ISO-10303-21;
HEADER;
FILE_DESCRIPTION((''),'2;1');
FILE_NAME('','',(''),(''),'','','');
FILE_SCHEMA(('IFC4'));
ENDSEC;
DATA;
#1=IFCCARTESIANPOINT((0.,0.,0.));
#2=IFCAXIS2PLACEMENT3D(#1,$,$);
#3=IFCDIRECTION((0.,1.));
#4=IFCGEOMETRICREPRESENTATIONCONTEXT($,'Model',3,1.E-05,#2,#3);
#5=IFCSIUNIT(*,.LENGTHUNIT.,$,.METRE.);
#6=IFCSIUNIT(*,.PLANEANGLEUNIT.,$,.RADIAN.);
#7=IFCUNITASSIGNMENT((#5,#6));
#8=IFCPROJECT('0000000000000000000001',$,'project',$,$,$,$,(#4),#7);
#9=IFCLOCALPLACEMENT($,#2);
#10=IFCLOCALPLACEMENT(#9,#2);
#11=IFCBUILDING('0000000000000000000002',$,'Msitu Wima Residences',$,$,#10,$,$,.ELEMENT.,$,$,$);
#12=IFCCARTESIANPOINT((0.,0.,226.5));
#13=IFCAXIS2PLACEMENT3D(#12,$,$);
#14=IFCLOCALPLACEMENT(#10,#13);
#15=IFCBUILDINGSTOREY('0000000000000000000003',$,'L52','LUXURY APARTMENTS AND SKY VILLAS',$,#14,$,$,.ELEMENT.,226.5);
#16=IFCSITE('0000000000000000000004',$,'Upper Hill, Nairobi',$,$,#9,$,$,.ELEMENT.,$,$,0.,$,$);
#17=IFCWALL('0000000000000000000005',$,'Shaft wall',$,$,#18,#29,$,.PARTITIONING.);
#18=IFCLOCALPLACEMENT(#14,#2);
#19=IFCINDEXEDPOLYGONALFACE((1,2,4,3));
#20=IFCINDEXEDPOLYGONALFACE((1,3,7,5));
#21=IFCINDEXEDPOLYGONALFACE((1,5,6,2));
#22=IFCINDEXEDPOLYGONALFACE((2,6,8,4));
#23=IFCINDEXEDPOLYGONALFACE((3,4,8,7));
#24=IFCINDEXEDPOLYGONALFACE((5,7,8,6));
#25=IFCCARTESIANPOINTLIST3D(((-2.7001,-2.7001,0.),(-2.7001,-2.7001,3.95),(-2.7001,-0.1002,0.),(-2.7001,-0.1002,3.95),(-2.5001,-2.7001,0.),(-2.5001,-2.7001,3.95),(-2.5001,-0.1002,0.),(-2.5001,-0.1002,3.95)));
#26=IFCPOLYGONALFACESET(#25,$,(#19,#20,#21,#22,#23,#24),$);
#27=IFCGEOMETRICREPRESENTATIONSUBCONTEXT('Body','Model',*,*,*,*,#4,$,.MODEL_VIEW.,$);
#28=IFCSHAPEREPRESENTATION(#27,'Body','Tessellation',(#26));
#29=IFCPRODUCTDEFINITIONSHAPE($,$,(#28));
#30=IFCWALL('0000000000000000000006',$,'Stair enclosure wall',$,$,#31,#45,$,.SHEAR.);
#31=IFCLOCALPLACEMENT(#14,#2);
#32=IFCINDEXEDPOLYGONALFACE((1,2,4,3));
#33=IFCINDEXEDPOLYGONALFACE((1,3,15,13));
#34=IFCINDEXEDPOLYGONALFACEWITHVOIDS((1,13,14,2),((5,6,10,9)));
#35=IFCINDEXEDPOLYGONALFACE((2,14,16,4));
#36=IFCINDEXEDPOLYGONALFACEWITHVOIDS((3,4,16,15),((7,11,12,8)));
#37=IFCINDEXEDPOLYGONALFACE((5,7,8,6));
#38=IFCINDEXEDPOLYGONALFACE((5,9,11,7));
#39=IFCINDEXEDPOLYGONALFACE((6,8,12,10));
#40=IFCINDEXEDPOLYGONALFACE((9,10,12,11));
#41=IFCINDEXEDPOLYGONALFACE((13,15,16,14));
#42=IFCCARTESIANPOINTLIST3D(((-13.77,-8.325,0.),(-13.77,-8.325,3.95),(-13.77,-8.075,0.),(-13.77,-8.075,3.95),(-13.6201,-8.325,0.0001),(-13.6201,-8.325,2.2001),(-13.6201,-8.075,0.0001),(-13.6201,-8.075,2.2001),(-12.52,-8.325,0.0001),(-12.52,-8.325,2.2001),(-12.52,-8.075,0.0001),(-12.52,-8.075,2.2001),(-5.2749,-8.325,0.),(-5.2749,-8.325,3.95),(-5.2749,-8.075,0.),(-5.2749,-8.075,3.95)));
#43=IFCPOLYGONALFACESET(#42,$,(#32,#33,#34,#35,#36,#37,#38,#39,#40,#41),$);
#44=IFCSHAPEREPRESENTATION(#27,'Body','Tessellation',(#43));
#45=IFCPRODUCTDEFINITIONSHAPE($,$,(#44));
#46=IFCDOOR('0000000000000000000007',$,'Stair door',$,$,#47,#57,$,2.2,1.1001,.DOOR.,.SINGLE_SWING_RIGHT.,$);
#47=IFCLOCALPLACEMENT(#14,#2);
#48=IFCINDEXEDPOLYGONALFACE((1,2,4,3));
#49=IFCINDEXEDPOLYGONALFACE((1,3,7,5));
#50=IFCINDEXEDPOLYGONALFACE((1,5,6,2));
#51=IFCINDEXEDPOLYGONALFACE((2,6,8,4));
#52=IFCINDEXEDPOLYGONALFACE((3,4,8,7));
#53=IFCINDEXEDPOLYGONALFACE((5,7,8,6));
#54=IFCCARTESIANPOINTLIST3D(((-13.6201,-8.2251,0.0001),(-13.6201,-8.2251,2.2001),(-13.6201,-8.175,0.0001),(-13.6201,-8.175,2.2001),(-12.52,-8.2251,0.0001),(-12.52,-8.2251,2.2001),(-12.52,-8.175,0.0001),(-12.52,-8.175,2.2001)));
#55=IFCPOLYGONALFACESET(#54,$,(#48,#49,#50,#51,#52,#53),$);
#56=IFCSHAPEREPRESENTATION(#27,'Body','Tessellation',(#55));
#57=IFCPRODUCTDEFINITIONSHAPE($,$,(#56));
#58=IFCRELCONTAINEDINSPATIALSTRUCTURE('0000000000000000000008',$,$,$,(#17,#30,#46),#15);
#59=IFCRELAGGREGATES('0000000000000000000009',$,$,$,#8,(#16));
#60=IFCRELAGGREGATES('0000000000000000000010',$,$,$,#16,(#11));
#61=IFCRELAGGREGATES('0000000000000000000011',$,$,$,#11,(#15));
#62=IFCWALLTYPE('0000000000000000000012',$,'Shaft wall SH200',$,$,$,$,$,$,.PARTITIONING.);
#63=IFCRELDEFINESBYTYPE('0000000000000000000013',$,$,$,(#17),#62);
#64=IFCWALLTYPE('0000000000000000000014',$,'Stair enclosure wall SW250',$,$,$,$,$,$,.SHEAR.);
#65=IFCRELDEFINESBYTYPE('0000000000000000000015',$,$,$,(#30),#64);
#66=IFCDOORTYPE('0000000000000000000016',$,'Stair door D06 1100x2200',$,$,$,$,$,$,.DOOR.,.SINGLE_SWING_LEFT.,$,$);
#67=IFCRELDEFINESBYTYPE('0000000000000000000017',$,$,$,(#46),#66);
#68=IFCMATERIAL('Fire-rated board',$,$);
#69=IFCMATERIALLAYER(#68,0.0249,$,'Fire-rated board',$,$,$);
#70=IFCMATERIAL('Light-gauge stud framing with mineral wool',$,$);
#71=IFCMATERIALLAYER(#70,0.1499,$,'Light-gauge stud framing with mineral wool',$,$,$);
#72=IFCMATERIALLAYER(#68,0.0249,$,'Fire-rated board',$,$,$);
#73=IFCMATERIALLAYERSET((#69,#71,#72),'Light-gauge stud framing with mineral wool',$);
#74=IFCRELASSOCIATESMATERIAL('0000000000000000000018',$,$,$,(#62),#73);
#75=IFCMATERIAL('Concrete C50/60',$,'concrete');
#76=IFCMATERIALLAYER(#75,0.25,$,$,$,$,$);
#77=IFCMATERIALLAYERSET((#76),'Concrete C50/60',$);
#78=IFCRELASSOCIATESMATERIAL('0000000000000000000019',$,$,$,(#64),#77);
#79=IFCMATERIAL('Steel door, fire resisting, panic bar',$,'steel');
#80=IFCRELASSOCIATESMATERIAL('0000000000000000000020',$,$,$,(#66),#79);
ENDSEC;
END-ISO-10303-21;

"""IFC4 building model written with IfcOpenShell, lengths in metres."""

from ifc_helpers import new_model, si_unit, direction, frame, frame_2d, origin, place, context, subcontext, project, spatial, rectangle, extrude, material, layer, layer_set, type_object, element, fill, save


model = new_model("IFC4")

# Units and contexts
model_context = context("Model", 3, precision=1e-05, world=origin(), true_north=direction((0.0, 1.0)))
body_context = subcontext(model_context, "Body", "Model", "MODEL_VIEW")
ifc_project = project(units=[si_unit("LENGTHUNIT", "METRE"), si_unit("PLANEANGLEUNIT", "RADIAN")], contexts=[model_context])

# Site, building, storey
site_placement = place(None, origin())
site = spatial("IfcSite", under=ifc_project, at=site_placement, Name="Upper Hill, Nairobi", CompositionType="ELEMENT", RefElevation=0.0)
building_placement = place(site_placement, origin())
building = spatial("IfcBuilding", under=site, at=building_placement, Name="Msitu Wima Residences", CompositionType="ELEMENT")
storey_placement = place(building_placement, frame((0.0, 0.0, 226.5)))
storey = spatial("IfcBuildingStorey", under=building, at=storey_placement, Name="L52", Description="LUXURY APARTMENTS AND SKY VILLAS", CompositionType="ELEMENT", Elevation=226.5)

# Shared definitions
ifc_material_1 = material(Name="Fire-rated board")
ifc_layer_1 = layer(ifc_material_1, 0.0249, Name="Fire-rated board")
ifc_material_2 = material(Name="Light-gauge stud framing with mineral wool")
ifc_layer_2 = layer(ifc_material_2, 0.1499, Name="Light-gauge stud framing with mineral wool")
ifc_layer_3 = layer(ifc_material_1, 0.0249, Name="Fire-rated board")
ifc_layer_set_1 = layer_set([ifc_layer_1, ifc_layer_2, ifc_layer_3], Name="Light-gauge stud framing with mineral wool")
wall_type_1 = type_object("IfcWallType", Name="Shaft wall SH200", PredefinedType="PARTITIONING", material=ifc_layer_set_1)

# Wall
for number, where, z_axis, x_axis, name in (
    (1, (-2.6001, -2.7, 0.0), (0.0, 0.0, 1.0), (0.0, 1.0, 0.0), "Shaft wall"),
):
    element("IfcWall", number, at=place(storey_placement, frame(where, z_axis=z_axis, x_axis=x_axis)), inside=storey, type_object=wall_type_1, Name=name, PredefinedType="PARTITIONING", context=body_context, shape_type="SweptSolid", body=[
        extrude(rectangle(XDim=2.5999, YDim=0.2, at=frame_2d((1.2998, 0.0))), origin(), (0.0, 0.0, 1.0), 3.95),
    ])

# Wall, opening, door
ifc_material_3 = material(Name="Concrete C50/60", Category="concrete")
ifc_layer_4 = layer(ifc_material_3, 0.25)
ifc_layer_set_2 = layer_set([ifc_layer_4], Name="Concrete C50/60")
wall_type_2 = type_object("IfcWallType", Name="Stair enclosure wall SW250", PredefinedType="SHEAR", material=ifc_layer_set_2)
wall_1_placement = place(storey_placement, frame((-13.77, -8.2, 0.0), z_axis=(0.0, 0.0, 1.0), x_axis=(1.0, 0.0, 0.0)))
wall_1 = element("IfcWall", 2, at=wall_1_placement, inside=storey, type_object=wall_type_2, Name="Stair enclosure wall", PredefinedType="SHEAR", context=body_context, shape_type="SweptSolid", body=[
    extrude(rectangle(XDim=8.4951, YDim=0.25, at=frame_2d((4.2476, 0.0))), origin(), (0.0, 0.0, 1.0), 3.95),
])
opening_1_placement = place(wall_1_placement, frame((0.1499, 0.0, 0.0)))
opening_1 = element("IfcOpeningElement", 3, at=opening_1_placement, cuts=wall_1, PredefinedType="OPENING", context=body_context, shape_type="SweptSolid", body=[
    extrude(rectangle(XDim=1.1001, YDim=2.2, at=frame_2d((0.55, 1.1001))), frame((0.0, 0.135, 0.0), z_axis=(0.0, -1.0, 0.0), x_axis=(1.0, 0.0, 0.0)), (0.0, 0.0, 1.0), 0.27),
])
ifc_material_4 = material(Name="Steel door, fire resisting, panic bar", Category="steel")
door_type_1 = type_object("IfcDoorType", Name="Stair door D06 1100x2200", OperationType="SINGLE_SWING_LEFT", PredefinedType="DOOR", material=ifc_material_4)
door_1_placement = place(opening_1_placement, origin())
door_1 = element("IfcDoor", 4, at=door_1_placement, inside=storey, type_object=door_type_1, Name="Stair door", OperationType="SINGLE_SWING_RIGHT", OverallHeight=2.2, OverallWidth=1.1001, PredefinedType="DOOR", context=body_context, shape_type="SweptSolid", body=[
    extrude(rectangle(XDim=1.1001, YDim=2.2, at=frame_2d((0.55, 1.1001))), frame((0.0, 0.0249, 0.0), z_axis=(0.0, -1.0, 0.0), x_axis=(1.0, 0.0, 0.0)), (0.0, 0.0, 1.0), 0.05),
])
fill(opening_1, door_1)

save(model, "model.ifc")
